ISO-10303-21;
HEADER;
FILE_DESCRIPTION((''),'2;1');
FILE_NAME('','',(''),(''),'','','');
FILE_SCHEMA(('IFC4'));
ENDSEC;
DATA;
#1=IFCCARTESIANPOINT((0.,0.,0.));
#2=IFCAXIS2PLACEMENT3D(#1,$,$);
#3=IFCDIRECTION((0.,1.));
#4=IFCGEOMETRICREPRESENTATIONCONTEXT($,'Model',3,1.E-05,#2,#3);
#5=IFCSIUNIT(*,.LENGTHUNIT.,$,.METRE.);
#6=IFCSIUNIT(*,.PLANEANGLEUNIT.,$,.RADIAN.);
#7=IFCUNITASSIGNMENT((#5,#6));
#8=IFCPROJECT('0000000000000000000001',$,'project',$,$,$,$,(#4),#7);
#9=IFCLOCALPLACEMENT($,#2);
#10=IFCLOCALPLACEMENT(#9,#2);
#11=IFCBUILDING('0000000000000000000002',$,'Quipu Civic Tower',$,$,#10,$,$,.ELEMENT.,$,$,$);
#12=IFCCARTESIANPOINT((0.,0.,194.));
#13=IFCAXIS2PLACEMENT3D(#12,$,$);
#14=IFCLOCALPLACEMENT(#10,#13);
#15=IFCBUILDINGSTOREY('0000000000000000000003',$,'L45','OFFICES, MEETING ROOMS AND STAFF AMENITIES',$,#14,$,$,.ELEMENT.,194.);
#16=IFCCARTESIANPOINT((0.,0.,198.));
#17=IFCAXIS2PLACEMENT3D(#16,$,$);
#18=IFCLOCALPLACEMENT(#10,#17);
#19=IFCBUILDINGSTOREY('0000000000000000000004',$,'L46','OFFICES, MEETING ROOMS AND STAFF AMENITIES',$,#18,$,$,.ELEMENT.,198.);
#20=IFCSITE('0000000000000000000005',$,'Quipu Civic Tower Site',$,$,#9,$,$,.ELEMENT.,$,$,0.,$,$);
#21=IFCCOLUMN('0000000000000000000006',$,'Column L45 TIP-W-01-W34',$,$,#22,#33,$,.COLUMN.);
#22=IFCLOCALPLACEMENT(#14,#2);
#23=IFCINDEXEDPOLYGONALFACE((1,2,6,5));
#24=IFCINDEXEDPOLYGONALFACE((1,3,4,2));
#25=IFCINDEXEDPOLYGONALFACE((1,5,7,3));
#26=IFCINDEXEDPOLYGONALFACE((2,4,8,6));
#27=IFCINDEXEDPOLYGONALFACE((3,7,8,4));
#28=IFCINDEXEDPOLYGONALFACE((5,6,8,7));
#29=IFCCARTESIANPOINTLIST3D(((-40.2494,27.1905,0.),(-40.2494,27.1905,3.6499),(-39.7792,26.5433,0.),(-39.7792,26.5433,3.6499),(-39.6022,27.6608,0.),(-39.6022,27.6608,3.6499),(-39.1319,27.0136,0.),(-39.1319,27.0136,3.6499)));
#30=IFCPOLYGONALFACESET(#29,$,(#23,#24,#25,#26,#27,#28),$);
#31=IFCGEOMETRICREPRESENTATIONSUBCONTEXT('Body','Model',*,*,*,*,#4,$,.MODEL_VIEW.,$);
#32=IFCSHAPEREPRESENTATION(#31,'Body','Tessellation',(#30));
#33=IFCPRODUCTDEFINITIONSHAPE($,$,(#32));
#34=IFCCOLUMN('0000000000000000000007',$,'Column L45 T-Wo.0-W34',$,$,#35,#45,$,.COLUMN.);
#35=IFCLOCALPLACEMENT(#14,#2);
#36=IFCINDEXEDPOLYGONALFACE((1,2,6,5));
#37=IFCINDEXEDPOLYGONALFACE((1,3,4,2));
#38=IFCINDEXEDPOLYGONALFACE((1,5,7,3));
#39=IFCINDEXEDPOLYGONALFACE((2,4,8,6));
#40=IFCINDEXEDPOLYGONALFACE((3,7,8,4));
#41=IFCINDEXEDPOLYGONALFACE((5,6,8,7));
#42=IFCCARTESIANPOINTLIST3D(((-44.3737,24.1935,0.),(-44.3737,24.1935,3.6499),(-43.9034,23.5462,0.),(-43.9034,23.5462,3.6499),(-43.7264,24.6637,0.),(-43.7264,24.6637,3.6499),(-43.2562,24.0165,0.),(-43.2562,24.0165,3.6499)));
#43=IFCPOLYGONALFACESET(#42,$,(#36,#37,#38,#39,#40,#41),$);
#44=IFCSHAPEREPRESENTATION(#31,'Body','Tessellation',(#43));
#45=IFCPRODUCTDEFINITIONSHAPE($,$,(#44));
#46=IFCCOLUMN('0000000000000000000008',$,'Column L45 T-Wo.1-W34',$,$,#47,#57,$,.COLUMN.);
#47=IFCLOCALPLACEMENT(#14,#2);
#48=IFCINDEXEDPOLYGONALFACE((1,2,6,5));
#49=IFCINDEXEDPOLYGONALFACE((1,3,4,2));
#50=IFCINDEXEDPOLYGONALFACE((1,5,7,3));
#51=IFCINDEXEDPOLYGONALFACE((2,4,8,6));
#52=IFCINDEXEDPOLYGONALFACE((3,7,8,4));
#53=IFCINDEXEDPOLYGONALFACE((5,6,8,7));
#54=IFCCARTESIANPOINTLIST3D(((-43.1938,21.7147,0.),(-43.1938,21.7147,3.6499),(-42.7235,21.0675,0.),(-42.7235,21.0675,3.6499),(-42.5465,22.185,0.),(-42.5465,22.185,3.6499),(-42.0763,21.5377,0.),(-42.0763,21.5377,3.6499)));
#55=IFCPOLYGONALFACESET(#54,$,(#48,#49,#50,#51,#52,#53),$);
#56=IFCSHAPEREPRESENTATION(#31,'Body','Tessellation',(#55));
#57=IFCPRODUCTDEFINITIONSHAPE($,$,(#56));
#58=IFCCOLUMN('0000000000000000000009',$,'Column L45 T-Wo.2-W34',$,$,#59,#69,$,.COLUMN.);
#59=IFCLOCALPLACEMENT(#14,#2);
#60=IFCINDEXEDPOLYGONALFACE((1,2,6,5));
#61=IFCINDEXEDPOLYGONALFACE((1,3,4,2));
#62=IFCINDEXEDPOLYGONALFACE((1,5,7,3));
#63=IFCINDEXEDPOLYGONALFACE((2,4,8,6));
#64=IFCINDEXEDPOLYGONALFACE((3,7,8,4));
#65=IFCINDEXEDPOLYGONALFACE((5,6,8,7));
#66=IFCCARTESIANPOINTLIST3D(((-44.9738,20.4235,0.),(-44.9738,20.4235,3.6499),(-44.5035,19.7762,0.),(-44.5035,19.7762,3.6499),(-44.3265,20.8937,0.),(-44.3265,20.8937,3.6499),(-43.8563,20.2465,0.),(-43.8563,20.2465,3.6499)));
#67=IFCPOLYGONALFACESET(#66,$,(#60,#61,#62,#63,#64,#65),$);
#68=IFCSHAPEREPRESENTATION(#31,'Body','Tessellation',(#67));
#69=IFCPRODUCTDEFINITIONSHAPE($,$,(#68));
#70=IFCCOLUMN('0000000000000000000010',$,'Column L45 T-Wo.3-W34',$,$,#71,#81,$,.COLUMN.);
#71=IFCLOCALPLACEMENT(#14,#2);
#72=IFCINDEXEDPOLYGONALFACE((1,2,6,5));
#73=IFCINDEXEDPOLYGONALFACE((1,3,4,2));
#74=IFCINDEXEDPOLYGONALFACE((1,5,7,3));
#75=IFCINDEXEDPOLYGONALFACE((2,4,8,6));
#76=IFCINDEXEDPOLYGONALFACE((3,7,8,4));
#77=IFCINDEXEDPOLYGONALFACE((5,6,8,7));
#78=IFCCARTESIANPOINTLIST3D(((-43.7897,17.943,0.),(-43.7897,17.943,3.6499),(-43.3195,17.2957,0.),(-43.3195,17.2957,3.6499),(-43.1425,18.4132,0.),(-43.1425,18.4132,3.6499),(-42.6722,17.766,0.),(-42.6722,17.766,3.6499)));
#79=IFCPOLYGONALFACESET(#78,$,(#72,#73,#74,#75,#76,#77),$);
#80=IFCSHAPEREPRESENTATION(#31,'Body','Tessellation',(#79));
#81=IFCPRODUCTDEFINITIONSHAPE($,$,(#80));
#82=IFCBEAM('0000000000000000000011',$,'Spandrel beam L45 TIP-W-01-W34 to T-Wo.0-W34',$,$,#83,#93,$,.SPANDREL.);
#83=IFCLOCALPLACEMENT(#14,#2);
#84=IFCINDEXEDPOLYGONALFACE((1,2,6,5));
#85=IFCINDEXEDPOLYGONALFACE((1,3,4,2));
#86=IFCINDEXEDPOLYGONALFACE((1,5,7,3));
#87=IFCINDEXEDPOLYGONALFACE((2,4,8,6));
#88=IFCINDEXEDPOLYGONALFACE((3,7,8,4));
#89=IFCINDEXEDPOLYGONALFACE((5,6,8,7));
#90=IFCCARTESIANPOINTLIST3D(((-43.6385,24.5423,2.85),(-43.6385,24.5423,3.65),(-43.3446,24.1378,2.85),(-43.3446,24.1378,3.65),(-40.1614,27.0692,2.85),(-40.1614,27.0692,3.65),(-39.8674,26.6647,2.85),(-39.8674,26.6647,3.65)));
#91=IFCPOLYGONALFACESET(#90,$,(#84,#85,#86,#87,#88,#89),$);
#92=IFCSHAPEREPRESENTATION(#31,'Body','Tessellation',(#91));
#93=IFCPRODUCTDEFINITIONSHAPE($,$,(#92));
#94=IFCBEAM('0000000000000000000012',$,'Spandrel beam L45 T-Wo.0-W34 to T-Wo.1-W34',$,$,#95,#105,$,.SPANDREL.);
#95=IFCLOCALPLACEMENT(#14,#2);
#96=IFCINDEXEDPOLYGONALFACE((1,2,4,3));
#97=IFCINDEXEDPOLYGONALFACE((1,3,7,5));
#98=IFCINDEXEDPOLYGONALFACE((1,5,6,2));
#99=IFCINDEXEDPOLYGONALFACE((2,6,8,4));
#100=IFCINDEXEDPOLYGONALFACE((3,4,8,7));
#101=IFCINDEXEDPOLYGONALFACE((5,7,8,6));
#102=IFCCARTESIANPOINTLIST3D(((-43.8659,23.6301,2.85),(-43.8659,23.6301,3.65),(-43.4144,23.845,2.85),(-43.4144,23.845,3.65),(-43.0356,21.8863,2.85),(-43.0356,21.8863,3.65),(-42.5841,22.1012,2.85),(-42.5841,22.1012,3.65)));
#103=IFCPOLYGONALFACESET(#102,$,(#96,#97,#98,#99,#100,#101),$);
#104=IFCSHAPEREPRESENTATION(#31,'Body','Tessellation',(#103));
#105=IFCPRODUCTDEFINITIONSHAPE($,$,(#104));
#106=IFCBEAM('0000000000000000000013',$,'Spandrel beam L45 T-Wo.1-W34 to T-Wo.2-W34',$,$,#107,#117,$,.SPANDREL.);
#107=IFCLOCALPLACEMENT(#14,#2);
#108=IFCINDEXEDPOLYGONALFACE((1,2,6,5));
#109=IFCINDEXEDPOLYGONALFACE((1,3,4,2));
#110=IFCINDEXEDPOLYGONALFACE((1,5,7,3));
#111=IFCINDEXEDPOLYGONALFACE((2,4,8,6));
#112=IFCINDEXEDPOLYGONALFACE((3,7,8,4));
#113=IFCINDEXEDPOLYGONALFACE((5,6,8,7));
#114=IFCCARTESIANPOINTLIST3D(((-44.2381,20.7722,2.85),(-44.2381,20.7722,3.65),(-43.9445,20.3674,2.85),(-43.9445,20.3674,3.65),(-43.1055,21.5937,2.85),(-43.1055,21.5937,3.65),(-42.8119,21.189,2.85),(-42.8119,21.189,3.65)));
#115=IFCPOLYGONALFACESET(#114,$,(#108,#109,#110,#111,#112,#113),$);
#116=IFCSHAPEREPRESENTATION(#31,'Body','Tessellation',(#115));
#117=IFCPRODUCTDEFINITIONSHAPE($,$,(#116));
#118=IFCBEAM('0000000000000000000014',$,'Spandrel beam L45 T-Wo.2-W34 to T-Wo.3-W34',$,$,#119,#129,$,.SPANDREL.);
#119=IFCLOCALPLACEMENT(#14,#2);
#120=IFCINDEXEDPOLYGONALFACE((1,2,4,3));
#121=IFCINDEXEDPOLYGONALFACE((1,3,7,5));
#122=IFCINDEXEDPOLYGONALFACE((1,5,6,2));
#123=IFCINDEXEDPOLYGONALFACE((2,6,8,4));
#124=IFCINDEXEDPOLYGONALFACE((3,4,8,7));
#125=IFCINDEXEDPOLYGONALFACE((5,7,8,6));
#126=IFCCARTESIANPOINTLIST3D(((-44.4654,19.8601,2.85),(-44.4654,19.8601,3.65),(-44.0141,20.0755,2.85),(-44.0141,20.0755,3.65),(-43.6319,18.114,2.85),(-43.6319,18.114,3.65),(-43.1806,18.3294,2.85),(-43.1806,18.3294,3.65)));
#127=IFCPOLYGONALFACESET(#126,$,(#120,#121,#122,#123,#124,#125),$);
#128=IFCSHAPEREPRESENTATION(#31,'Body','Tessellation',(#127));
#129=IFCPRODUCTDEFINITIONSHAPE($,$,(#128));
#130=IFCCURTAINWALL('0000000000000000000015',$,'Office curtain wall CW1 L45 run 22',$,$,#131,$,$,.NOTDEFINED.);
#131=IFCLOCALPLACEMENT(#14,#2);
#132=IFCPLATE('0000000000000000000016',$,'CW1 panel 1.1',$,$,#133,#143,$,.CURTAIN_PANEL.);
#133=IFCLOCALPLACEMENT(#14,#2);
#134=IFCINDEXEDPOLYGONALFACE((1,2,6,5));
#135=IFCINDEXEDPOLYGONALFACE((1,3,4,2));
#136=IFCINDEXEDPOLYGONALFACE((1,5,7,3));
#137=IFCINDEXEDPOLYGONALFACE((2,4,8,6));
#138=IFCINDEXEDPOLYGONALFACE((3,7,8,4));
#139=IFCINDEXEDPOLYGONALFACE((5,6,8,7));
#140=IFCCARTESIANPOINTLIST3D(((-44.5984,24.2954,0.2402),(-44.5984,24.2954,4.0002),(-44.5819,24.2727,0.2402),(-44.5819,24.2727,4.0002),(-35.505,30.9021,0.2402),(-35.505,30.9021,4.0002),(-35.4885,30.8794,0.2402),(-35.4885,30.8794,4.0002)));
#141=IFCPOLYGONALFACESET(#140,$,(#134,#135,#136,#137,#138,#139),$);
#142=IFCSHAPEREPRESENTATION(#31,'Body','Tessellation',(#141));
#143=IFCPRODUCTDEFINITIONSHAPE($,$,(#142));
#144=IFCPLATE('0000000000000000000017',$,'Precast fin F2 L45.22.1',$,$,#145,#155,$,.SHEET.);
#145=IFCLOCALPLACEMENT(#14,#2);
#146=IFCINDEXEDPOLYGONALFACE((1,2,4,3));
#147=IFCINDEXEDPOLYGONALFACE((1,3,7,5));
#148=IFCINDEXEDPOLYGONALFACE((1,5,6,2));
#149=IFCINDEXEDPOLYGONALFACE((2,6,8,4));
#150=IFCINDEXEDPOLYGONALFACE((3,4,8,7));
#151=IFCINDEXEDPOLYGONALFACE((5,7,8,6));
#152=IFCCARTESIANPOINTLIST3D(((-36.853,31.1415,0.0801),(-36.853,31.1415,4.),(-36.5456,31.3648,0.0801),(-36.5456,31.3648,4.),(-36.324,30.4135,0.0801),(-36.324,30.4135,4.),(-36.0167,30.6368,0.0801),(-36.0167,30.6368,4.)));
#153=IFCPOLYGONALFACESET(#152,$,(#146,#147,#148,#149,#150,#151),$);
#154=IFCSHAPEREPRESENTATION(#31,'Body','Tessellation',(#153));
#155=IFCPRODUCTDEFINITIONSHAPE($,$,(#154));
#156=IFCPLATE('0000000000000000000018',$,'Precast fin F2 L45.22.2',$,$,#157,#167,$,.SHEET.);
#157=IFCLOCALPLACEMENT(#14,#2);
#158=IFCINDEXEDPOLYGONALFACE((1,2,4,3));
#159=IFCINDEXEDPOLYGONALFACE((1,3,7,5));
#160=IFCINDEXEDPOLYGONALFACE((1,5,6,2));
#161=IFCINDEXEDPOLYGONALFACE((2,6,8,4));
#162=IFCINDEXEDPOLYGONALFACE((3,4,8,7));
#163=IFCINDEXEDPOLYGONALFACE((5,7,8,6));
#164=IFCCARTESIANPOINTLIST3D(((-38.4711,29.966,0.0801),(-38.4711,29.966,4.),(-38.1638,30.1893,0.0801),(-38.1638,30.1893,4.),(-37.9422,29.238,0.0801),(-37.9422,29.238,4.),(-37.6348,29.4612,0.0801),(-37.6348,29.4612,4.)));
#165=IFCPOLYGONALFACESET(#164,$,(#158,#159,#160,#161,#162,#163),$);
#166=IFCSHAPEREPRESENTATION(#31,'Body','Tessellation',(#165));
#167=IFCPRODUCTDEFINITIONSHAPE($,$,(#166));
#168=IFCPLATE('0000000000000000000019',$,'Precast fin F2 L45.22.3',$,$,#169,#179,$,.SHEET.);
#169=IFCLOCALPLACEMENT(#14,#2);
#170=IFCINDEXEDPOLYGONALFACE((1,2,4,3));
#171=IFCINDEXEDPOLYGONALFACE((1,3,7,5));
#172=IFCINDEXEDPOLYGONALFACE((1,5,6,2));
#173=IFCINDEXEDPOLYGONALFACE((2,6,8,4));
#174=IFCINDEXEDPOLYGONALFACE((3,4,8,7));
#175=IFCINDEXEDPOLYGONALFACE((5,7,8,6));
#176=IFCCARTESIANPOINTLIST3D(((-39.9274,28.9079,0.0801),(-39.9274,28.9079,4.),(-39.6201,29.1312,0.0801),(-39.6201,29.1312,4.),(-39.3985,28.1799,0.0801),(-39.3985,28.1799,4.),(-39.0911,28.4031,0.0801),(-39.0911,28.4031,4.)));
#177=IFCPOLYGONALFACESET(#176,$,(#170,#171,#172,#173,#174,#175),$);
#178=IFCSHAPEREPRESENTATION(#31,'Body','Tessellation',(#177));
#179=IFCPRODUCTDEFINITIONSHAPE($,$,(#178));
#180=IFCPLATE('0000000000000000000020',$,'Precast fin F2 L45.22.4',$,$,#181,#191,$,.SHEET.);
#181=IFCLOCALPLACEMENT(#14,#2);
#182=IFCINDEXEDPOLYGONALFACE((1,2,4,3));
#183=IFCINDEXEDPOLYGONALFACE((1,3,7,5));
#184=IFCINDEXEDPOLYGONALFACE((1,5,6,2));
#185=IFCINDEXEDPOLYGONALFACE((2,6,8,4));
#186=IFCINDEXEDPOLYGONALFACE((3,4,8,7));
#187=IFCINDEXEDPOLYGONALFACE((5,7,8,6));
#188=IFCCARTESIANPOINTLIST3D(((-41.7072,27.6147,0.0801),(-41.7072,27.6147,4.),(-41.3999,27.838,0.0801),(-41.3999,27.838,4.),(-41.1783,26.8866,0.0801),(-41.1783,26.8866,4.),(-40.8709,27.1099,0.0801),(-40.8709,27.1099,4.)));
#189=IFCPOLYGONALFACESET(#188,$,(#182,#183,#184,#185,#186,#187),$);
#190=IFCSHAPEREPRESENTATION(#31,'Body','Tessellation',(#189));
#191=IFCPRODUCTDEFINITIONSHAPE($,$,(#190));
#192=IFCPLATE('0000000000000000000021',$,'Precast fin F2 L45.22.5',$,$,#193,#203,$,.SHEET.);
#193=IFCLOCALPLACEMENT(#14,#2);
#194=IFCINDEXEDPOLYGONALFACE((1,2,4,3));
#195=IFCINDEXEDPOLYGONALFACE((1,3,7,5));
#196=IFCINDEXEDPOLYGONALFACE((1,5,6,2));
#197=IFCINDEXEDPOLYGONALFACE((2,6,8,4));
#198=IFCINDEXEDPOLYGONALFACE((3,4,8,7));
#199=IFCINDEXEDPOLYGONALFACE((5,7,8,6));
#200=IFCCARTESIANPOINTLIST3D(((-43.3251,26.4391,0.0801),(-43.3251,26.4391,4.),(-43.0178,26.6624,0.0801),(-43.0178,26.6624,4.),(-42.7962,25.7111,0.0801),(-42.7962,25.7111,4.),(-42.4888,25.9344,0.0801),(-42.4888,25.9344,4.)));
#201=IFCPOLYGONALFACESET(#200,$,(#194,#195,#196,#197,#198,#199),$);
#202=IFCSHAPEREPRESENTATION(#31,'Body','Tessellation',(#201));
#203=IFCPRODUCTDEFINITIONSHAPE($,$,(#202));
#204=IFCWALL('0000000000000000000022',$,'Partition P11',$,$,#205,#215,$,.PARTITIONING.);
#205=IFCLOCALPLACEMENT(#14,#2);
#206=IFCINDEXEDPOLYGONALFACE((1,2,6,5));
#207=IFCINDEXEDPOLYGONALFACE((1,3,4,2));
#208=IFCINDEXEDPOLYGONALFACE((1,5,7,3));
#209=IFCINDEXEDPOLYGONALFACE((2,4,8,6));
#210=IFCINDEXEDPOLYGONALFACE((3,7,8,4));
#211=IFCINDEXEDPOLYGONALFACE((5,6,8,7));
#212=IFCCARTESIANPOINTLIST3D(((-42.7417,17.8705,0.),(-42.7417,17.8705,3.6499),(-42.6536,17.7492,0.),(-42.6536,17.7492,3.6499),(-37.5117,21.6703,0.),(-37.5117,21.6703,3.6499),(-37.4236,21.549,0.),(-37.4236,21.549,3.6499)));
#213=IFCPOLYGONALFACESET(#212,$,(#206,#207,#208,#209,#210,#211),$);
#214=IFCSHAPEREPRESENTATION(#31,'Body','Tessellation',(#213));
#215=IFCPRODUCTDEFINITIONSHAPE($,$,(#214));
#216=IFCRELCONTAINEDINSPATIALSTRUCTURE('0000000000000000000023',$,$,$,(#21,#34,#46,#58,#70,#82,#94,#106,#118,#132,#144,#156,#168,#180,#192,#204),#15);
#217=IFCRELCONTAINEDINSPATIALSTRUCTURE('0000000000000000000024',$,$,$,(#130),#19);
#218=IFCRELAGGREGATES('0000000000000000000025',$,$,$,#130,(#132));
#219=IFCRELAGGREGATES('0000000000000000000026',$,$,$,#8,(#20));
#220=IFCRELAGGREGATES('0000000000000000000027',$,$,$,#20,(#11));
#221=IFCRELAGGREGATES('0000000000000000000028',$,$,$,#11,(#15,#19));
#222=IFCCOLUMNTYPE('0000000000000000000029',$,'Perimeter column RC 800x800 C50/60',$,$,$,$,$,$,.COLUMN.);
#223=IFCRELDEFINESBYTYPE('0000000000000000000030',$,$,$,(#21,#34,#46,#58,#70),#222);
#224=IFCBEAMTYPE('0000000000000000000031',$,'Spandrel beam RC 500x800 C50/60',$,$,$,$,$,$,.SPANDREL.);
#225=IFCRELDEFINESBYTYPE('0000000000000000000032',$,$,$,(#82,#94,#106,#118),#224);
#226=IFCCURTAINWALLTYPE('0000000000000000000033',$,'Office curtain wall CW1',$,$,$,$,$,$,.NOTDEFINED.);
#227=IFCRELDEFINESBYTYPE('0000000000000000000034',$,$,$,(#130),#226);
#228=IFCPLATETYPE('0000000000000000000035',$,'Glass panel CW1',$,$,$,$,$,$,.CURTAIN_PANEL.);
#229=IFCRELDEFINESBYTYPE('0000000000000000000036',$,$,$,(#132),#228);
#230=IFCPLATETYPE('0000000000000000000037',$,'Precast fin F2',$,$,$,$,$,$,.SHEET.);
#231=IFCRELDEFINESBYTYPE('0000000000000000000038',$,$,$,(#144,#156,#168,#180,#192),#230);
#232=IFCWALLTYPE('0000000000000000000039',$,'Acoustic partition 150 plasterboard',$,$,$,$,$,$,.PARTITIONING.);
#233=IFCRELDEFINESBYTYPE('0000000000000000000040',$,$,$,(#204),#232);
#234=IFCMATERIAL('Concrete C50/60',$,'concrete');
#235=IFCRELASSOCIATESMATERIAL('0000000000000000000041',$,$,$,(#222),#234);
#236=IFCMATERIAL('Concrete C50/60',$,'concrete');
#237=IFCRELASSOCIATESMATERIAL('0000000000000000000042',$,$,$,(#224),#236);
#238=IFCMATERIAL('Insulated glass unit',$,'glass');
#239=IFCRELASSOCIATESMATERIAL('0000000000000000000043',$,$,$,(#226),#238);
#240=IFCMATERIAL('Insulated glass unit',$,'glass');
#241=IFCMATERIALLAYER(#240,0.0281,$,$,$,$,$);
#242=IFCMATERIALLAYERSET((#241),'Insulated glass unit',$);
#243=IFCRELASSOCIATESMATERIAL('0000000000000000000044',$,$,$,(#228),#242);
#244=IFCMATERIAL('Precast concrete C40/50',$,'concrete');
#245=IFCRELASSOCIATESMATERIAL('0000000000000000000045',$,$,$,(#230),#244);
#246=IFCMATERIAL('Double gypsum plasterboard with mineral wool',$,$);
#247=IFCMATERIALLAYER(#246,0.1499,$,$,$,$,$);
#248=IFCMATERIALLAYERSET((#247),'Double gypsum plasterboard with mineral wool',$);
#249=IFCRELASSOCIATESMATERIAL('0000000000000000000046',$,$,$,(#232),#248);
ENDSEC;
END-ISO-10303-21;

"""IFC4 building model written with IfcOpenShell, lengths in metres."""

from ifc_helpers import new_model, si_unit, direction, frame, frame_2d, origin, origin_2d, place, context, subcontext, project, spatial, rectangle, extrude, material, layer, layer_set, material_profile, profile_set, type_object, element, aggregate, save


model = new_model("IFC4")

# Units and contexts
model_context = context("Model", 3, precision=1e-05, world=origin(), true_north=direction((0.0, 1.0)))
body_context = subcontext(model_context, "Body", "Model", "MODEL_VIEW")
ifc_project = project(units=[si_unit("LENGTHUNIT", "METRE"), si_unit("PLANEANGLEUNIT", "RADIAN")], contexts=[model_context])

# Site, building, storey
site_placement = place(None, origin())
site = spatial("IfcSite", under=ifc_project, at=site_placement, Name="Quipu Civic Tower Site", CompositionType="ELEMENT", RefElevation=0.0)
building_placement = place(site_placement, origin())
building = spatial("IfcBuilding", under=site, at=building_placement, Name="Quipu Civic Tower", CompositionType="ELEMENT")
storey_1_placement = place(building_placement, frame((0.0, 0.0, 194.0)))
storey_1 = spatial("IfcBuildingStorey", under=building, at=storey_1_placement, Name="L45", Description="OFFICES, MEETING ROOMS AND STAFF AMENITIES", CompositionType="ELEMENT", Elevation=194.0)

# Columns
ifc_material_1 = material(Name="Concrete C50/60", Category="concrete")
ifc_material_profile_1 = material_profile(ifc_material_1, rectangle(XDim=0.8, YDim=0.8, at=origin_2d()), Name="RC800x800")
ifc_profile_set_1 = profile_set([ifc_material_profile_1], Name="Concrete C50/60")
column_type = type_object("IfcColumnType", Name="Perimeter column RC 800x800 C50/60", PredefinedType="COLUMN", material=ifc_profile_set_1)
for number, where, z_axis, x_axis, name in (
    (1, (-39.6907, 27.1021, 0.0), (0.0, 0.0, 1.0), (-0.809017, -0.587785, 0.0), "Column L45 TIP-W-01-W34"),
    (2, (-43.8149, 24.105, 0.0), (0.0, 0.0, 1.0), (-0.809017, -0.587785, 0.0), "Column L45 T-Wo.0-W34"),
    (3, (-42.635, 21.6262, 0.0), (0.0, 0.0, 1.0), (-0.809017, -0.587785, 0.0), "Column L45 T-Wo.1-W34"),
    (4, (-44.415, 20.335, 0.0), (0.0, 0.0, 1.0), (0.587785, -0.809017, 0.0), "Column L45 T-Wo.2-W34"),
    (5, (-43.231, 17.8545, 0.0), (0.0, 0.0, 1.0), (0.587785, -0.809017, 0.0), "Column L45 T-Wo.3-W34"),
):
    element("IfcColumn", number, at=place(storey_1_placement, frame(where, z_axis=z_axis, x_axis=x_axis)), inside=storey_1, type_object=column_type, Name=name, PredefinedType="COLUMN", context=body_context, shape_type="SweptSolid", body=[
        extrude(rectangle(XDim=0.8, YDim=0.8, at=origin_2d()), origin(), (0.0, 0.0, 1.0), 3.6499),
    ])

# Beams
ifc_material_2 = material(Name="Concrete C50/60", Category="concrete")
ifc_material_profile_2 = material_profile(ifc_material_2, rectangle(XDim=0.5, YDim=0.8, at=origin_2d()), Name="RC500x800")
ifc_profile_set_2 = profile_set([ifc_material_profile_2], Name="Concrete C50/60")
beam_type = type_object("IfcBeamType", Name="Spandrel beam RC 500x800 C50/60", PredefinedType="SPANDREL", material=ifc_profile_set_2)
beam_1_placement = place(storey_1_placement, frame((-40.0144, 26.8669, 3.25), z_axis=(-0.808947, -0.587881, 0.0), x_axis=(0.587881, -0.808947, 0.0)))
element("IfcBeam", 6, at=beam_1_placement, inside=storey_1, type_object=beam_type, Name="Spandrel beam L45 TIP-W-01-W34 to T-Wo.0-W34", PredefinedType="SPANDREL", context=body_context, shape_type="SweptSolid", body=[
    extrude(rectangle(XDim=0.5, YDim=0.8, at=origin_2d()), origin(), (0.0, 0.0, 1.0), 4.2983),
])
beam_2_placement = place(storey_1_placement, frame((-43.6401, 23.7375, 3.25), z_axis=(0.429889, -0.902882, 0.0), x_axis=(0.902882, 0.429889, 0.0)))
element("IfcBeam", 7, at=beam_2_placement, inside=storey_1, type_object=beam_type, Name="Spandrel beam L45 T-Wo.0-W34 to T-Wo.1-W34", PredefinedType="SPANDREL", context=body_context, shape_type="SweptSolid", body=[
    extrude(rectangle(XDim=0.5, YDim=0.8, at=origin_2d()), origin(), (0.0, 0.0, 1.0), 1.9314),
])
beam_3_placement = place(storey_1_placement, frame((-42.9587, 21.3914, 3.25), z_axis=(-0.809467, -0.587165, 0.0), x_axis=(0.587165, -0.809467, 0.0)))
element("IfcBeam", 8, at=beam_3_placement, inside=storey_1, type_object=beam_type, Name="Spandrel beam L45 T-Wo.1-W34 to T-Wo.2-W34", PredefinedType="SPANDREL", context=body_context, shape_type="SweptSolid", body=[
    extrude(rectangle(XDim=0.5, YDim=0.8, at=origin_2d()), origin(), (0.0, 0.0, 1.0), 1.3992),
])
beam_4_placement = place(storey_1_placement, frame((-44.2397, 19.9678, 3.25), z_axis=(0.430786, -0.902454, 0.0), x_axis=(0.902454, 0.430786, 0.0)))
element("IfcBeam", 9, at=beam_4_placement, inside=storey_1, type_object=beam_type, Name="Spandrel beam L45 T-Wo.2-W34 to T-Wo.3-W34", PredefinedType="SPANDREL", context=body_context, shape_type="SweptSolid", body=[
    extrude(rectangle(XDim=0.5, YDim=0.8, at=origin_2d()), origin(), (0.0, 0.0, 1.0), 1.9348),
])

# Shared definitions
storey_2_placement = place(building_placement, frame((0.0, 0.0, 198.0)))
storey_2 = spatial("IfcBuildingStorey", under=building, at=storey_2_placement, Name="L46", Description="OFFICES, MEETING ROOMS AND STAFF AMENITIES", CompositionType="ELEMENT", Elevation=198.0)

# Curtain wall, plate
ifc_material_3 = material(Name="Insulated glass unit", Category="glass")
curtain_wall_type = type_object("IfcCurtainWallType", Name="Office curtain wall CW1", PredefinedType="NOTDEFINED", material=ifc_material_3)
curtain_wall_placement = place(storey_2_placement, origin())
curtain_wall = element("IfcCurtainWall", 10, at=curtain_wall_placement, inside=storey_2, type_object=curtain_wall_type, Name="Office curtain wall CW1 L45 run 22", PredefinedType="NOTDEFINED")
ifc_material_4 = material(Name="Insulated glass unit", Category="glass")
ifc_layer_1 = layer(ifc_material_4, 0.0281)
ifc_layer_set_1 = layer_set([ifc_layer_1], Name="Insulated glass unit")
plate_type_1 = type_object("IfcPlateType", Name="Glass panel CW1", PredefinedType="CURTAIN_PANEL", material=ifc_layer_set_1)
plate_placement = place(storey_1_placement, frame((-40.0435, 27.5874, 0.2402), z_axis=(0.0, 0.0, 1.0), x_axis=(-0.809015, -0.587788, 0.0)))
plate = element("IfcPlate", 11, at=plate_placement, inside=storey_1, type_object=plate_type_1, Name="CW1 panel 1.1", PredefinedType="CURTAIN_PANEL", context=body_context, shape_type="SweptSolid", body=[
    extrude(rectangle(XDim=11.24, YDim=0.0281, at=origin_2d()), origin(), (0.0, 0.0, 1.0), 3.76),
])
aggregate(curtain_wall, [plate])

# Plates
ifc_material_5 = material(Name="Precast concrete C40/50", Category="concrete")
plate_type_2 = type_object("IfcPlateType", Name="Precast fin F2", PredefinedType="SHEET", material=ifc_material_5)
for number, where, z_axis, x_axis, name in (
    (12, (-36.4348, 30.8892, 0.0801), (0.0, 0.0, 1.0), (-0.809017, -0.587785, 0.0), "Precast fin F2 L45.22.1"),
    (13, (-38.053, 29.7136, 0.0801), (0.0, 0.0, 1.0), (-0.809017, -0.587785, 0.0), "Precast fin F2 L45.22.2"),
    (14, (-39.5093, 28.6555, 0.0801), (0.0, 0.0, 1.0), (-0.809017, -0.587785, 0.0), "Precast fin F2 L45.22.3"),
    (15, (-41.2891, 27.3623, 0.0801), (0.0, 0.0, 1.0), (-0.809017, -0.587785, 0.0), "Precast fin F2 L45.22.4"),
    (16, (-42.907, 26.1868, 0.0801), (0.0, 0.0, 1.0), (-0.809017, -0.587785, 0.0), "Precast fin F2 L45.22.5"),
):
    element("IfcPlate", number, at=place(storey_1_placement, frame(where, z_axis=z_axis, x_axis=x_axis)), inside=storey_1, type_object=plate_type_2, Name=name, PredefinedType="SHEET", context=body_context, shape_type="SweptSolid", body=[
        extrude(rectangle(XDim=0.3799, YDim=0.8999, at=origin_2d()), origin(), (0.0, 0.0, 1.0), 3.9199),
    ])

# Wall
ifc_material_6 = material(Name="Double gypsum plasterboard with mineral wool")
ifc_layer_2 = layer(ifc_material_6, 0.1499)
ifc_layer_set_2 = layer_set([ifc_layer_2], Name="Double gypsum plasterboard with mineral wool")
wall_type_1 = type_object("IfcWallType", Name="Acoustic partition 150 plasterboard", PredefinedType="PARTITIONING", material=ifc_layer_set_2)
wall_1_placement = place(storey_1_placement, frame((-42.6978, 17.8098, 0.0), z_axis=(0.0, 0.0, 1.0), x_axis=(0.809017, 0.587785, 0.0)))
element("IfcWall", 17, at=wall_1_placement, inside=storey_1, type_object=wall_type_1, Name="Partition P11", PredefinedType="PARTITIONING", context=body_context, shape_type="SweptSolid", body=[
    extrude(rectangle(XDim=6.4646, YDim=0.1499, at=frame_2d((3.2324, 0.0))), origin(), (0.0, 0.0, 1.0), 3.6499),
])

save(model, "model.ifc")
